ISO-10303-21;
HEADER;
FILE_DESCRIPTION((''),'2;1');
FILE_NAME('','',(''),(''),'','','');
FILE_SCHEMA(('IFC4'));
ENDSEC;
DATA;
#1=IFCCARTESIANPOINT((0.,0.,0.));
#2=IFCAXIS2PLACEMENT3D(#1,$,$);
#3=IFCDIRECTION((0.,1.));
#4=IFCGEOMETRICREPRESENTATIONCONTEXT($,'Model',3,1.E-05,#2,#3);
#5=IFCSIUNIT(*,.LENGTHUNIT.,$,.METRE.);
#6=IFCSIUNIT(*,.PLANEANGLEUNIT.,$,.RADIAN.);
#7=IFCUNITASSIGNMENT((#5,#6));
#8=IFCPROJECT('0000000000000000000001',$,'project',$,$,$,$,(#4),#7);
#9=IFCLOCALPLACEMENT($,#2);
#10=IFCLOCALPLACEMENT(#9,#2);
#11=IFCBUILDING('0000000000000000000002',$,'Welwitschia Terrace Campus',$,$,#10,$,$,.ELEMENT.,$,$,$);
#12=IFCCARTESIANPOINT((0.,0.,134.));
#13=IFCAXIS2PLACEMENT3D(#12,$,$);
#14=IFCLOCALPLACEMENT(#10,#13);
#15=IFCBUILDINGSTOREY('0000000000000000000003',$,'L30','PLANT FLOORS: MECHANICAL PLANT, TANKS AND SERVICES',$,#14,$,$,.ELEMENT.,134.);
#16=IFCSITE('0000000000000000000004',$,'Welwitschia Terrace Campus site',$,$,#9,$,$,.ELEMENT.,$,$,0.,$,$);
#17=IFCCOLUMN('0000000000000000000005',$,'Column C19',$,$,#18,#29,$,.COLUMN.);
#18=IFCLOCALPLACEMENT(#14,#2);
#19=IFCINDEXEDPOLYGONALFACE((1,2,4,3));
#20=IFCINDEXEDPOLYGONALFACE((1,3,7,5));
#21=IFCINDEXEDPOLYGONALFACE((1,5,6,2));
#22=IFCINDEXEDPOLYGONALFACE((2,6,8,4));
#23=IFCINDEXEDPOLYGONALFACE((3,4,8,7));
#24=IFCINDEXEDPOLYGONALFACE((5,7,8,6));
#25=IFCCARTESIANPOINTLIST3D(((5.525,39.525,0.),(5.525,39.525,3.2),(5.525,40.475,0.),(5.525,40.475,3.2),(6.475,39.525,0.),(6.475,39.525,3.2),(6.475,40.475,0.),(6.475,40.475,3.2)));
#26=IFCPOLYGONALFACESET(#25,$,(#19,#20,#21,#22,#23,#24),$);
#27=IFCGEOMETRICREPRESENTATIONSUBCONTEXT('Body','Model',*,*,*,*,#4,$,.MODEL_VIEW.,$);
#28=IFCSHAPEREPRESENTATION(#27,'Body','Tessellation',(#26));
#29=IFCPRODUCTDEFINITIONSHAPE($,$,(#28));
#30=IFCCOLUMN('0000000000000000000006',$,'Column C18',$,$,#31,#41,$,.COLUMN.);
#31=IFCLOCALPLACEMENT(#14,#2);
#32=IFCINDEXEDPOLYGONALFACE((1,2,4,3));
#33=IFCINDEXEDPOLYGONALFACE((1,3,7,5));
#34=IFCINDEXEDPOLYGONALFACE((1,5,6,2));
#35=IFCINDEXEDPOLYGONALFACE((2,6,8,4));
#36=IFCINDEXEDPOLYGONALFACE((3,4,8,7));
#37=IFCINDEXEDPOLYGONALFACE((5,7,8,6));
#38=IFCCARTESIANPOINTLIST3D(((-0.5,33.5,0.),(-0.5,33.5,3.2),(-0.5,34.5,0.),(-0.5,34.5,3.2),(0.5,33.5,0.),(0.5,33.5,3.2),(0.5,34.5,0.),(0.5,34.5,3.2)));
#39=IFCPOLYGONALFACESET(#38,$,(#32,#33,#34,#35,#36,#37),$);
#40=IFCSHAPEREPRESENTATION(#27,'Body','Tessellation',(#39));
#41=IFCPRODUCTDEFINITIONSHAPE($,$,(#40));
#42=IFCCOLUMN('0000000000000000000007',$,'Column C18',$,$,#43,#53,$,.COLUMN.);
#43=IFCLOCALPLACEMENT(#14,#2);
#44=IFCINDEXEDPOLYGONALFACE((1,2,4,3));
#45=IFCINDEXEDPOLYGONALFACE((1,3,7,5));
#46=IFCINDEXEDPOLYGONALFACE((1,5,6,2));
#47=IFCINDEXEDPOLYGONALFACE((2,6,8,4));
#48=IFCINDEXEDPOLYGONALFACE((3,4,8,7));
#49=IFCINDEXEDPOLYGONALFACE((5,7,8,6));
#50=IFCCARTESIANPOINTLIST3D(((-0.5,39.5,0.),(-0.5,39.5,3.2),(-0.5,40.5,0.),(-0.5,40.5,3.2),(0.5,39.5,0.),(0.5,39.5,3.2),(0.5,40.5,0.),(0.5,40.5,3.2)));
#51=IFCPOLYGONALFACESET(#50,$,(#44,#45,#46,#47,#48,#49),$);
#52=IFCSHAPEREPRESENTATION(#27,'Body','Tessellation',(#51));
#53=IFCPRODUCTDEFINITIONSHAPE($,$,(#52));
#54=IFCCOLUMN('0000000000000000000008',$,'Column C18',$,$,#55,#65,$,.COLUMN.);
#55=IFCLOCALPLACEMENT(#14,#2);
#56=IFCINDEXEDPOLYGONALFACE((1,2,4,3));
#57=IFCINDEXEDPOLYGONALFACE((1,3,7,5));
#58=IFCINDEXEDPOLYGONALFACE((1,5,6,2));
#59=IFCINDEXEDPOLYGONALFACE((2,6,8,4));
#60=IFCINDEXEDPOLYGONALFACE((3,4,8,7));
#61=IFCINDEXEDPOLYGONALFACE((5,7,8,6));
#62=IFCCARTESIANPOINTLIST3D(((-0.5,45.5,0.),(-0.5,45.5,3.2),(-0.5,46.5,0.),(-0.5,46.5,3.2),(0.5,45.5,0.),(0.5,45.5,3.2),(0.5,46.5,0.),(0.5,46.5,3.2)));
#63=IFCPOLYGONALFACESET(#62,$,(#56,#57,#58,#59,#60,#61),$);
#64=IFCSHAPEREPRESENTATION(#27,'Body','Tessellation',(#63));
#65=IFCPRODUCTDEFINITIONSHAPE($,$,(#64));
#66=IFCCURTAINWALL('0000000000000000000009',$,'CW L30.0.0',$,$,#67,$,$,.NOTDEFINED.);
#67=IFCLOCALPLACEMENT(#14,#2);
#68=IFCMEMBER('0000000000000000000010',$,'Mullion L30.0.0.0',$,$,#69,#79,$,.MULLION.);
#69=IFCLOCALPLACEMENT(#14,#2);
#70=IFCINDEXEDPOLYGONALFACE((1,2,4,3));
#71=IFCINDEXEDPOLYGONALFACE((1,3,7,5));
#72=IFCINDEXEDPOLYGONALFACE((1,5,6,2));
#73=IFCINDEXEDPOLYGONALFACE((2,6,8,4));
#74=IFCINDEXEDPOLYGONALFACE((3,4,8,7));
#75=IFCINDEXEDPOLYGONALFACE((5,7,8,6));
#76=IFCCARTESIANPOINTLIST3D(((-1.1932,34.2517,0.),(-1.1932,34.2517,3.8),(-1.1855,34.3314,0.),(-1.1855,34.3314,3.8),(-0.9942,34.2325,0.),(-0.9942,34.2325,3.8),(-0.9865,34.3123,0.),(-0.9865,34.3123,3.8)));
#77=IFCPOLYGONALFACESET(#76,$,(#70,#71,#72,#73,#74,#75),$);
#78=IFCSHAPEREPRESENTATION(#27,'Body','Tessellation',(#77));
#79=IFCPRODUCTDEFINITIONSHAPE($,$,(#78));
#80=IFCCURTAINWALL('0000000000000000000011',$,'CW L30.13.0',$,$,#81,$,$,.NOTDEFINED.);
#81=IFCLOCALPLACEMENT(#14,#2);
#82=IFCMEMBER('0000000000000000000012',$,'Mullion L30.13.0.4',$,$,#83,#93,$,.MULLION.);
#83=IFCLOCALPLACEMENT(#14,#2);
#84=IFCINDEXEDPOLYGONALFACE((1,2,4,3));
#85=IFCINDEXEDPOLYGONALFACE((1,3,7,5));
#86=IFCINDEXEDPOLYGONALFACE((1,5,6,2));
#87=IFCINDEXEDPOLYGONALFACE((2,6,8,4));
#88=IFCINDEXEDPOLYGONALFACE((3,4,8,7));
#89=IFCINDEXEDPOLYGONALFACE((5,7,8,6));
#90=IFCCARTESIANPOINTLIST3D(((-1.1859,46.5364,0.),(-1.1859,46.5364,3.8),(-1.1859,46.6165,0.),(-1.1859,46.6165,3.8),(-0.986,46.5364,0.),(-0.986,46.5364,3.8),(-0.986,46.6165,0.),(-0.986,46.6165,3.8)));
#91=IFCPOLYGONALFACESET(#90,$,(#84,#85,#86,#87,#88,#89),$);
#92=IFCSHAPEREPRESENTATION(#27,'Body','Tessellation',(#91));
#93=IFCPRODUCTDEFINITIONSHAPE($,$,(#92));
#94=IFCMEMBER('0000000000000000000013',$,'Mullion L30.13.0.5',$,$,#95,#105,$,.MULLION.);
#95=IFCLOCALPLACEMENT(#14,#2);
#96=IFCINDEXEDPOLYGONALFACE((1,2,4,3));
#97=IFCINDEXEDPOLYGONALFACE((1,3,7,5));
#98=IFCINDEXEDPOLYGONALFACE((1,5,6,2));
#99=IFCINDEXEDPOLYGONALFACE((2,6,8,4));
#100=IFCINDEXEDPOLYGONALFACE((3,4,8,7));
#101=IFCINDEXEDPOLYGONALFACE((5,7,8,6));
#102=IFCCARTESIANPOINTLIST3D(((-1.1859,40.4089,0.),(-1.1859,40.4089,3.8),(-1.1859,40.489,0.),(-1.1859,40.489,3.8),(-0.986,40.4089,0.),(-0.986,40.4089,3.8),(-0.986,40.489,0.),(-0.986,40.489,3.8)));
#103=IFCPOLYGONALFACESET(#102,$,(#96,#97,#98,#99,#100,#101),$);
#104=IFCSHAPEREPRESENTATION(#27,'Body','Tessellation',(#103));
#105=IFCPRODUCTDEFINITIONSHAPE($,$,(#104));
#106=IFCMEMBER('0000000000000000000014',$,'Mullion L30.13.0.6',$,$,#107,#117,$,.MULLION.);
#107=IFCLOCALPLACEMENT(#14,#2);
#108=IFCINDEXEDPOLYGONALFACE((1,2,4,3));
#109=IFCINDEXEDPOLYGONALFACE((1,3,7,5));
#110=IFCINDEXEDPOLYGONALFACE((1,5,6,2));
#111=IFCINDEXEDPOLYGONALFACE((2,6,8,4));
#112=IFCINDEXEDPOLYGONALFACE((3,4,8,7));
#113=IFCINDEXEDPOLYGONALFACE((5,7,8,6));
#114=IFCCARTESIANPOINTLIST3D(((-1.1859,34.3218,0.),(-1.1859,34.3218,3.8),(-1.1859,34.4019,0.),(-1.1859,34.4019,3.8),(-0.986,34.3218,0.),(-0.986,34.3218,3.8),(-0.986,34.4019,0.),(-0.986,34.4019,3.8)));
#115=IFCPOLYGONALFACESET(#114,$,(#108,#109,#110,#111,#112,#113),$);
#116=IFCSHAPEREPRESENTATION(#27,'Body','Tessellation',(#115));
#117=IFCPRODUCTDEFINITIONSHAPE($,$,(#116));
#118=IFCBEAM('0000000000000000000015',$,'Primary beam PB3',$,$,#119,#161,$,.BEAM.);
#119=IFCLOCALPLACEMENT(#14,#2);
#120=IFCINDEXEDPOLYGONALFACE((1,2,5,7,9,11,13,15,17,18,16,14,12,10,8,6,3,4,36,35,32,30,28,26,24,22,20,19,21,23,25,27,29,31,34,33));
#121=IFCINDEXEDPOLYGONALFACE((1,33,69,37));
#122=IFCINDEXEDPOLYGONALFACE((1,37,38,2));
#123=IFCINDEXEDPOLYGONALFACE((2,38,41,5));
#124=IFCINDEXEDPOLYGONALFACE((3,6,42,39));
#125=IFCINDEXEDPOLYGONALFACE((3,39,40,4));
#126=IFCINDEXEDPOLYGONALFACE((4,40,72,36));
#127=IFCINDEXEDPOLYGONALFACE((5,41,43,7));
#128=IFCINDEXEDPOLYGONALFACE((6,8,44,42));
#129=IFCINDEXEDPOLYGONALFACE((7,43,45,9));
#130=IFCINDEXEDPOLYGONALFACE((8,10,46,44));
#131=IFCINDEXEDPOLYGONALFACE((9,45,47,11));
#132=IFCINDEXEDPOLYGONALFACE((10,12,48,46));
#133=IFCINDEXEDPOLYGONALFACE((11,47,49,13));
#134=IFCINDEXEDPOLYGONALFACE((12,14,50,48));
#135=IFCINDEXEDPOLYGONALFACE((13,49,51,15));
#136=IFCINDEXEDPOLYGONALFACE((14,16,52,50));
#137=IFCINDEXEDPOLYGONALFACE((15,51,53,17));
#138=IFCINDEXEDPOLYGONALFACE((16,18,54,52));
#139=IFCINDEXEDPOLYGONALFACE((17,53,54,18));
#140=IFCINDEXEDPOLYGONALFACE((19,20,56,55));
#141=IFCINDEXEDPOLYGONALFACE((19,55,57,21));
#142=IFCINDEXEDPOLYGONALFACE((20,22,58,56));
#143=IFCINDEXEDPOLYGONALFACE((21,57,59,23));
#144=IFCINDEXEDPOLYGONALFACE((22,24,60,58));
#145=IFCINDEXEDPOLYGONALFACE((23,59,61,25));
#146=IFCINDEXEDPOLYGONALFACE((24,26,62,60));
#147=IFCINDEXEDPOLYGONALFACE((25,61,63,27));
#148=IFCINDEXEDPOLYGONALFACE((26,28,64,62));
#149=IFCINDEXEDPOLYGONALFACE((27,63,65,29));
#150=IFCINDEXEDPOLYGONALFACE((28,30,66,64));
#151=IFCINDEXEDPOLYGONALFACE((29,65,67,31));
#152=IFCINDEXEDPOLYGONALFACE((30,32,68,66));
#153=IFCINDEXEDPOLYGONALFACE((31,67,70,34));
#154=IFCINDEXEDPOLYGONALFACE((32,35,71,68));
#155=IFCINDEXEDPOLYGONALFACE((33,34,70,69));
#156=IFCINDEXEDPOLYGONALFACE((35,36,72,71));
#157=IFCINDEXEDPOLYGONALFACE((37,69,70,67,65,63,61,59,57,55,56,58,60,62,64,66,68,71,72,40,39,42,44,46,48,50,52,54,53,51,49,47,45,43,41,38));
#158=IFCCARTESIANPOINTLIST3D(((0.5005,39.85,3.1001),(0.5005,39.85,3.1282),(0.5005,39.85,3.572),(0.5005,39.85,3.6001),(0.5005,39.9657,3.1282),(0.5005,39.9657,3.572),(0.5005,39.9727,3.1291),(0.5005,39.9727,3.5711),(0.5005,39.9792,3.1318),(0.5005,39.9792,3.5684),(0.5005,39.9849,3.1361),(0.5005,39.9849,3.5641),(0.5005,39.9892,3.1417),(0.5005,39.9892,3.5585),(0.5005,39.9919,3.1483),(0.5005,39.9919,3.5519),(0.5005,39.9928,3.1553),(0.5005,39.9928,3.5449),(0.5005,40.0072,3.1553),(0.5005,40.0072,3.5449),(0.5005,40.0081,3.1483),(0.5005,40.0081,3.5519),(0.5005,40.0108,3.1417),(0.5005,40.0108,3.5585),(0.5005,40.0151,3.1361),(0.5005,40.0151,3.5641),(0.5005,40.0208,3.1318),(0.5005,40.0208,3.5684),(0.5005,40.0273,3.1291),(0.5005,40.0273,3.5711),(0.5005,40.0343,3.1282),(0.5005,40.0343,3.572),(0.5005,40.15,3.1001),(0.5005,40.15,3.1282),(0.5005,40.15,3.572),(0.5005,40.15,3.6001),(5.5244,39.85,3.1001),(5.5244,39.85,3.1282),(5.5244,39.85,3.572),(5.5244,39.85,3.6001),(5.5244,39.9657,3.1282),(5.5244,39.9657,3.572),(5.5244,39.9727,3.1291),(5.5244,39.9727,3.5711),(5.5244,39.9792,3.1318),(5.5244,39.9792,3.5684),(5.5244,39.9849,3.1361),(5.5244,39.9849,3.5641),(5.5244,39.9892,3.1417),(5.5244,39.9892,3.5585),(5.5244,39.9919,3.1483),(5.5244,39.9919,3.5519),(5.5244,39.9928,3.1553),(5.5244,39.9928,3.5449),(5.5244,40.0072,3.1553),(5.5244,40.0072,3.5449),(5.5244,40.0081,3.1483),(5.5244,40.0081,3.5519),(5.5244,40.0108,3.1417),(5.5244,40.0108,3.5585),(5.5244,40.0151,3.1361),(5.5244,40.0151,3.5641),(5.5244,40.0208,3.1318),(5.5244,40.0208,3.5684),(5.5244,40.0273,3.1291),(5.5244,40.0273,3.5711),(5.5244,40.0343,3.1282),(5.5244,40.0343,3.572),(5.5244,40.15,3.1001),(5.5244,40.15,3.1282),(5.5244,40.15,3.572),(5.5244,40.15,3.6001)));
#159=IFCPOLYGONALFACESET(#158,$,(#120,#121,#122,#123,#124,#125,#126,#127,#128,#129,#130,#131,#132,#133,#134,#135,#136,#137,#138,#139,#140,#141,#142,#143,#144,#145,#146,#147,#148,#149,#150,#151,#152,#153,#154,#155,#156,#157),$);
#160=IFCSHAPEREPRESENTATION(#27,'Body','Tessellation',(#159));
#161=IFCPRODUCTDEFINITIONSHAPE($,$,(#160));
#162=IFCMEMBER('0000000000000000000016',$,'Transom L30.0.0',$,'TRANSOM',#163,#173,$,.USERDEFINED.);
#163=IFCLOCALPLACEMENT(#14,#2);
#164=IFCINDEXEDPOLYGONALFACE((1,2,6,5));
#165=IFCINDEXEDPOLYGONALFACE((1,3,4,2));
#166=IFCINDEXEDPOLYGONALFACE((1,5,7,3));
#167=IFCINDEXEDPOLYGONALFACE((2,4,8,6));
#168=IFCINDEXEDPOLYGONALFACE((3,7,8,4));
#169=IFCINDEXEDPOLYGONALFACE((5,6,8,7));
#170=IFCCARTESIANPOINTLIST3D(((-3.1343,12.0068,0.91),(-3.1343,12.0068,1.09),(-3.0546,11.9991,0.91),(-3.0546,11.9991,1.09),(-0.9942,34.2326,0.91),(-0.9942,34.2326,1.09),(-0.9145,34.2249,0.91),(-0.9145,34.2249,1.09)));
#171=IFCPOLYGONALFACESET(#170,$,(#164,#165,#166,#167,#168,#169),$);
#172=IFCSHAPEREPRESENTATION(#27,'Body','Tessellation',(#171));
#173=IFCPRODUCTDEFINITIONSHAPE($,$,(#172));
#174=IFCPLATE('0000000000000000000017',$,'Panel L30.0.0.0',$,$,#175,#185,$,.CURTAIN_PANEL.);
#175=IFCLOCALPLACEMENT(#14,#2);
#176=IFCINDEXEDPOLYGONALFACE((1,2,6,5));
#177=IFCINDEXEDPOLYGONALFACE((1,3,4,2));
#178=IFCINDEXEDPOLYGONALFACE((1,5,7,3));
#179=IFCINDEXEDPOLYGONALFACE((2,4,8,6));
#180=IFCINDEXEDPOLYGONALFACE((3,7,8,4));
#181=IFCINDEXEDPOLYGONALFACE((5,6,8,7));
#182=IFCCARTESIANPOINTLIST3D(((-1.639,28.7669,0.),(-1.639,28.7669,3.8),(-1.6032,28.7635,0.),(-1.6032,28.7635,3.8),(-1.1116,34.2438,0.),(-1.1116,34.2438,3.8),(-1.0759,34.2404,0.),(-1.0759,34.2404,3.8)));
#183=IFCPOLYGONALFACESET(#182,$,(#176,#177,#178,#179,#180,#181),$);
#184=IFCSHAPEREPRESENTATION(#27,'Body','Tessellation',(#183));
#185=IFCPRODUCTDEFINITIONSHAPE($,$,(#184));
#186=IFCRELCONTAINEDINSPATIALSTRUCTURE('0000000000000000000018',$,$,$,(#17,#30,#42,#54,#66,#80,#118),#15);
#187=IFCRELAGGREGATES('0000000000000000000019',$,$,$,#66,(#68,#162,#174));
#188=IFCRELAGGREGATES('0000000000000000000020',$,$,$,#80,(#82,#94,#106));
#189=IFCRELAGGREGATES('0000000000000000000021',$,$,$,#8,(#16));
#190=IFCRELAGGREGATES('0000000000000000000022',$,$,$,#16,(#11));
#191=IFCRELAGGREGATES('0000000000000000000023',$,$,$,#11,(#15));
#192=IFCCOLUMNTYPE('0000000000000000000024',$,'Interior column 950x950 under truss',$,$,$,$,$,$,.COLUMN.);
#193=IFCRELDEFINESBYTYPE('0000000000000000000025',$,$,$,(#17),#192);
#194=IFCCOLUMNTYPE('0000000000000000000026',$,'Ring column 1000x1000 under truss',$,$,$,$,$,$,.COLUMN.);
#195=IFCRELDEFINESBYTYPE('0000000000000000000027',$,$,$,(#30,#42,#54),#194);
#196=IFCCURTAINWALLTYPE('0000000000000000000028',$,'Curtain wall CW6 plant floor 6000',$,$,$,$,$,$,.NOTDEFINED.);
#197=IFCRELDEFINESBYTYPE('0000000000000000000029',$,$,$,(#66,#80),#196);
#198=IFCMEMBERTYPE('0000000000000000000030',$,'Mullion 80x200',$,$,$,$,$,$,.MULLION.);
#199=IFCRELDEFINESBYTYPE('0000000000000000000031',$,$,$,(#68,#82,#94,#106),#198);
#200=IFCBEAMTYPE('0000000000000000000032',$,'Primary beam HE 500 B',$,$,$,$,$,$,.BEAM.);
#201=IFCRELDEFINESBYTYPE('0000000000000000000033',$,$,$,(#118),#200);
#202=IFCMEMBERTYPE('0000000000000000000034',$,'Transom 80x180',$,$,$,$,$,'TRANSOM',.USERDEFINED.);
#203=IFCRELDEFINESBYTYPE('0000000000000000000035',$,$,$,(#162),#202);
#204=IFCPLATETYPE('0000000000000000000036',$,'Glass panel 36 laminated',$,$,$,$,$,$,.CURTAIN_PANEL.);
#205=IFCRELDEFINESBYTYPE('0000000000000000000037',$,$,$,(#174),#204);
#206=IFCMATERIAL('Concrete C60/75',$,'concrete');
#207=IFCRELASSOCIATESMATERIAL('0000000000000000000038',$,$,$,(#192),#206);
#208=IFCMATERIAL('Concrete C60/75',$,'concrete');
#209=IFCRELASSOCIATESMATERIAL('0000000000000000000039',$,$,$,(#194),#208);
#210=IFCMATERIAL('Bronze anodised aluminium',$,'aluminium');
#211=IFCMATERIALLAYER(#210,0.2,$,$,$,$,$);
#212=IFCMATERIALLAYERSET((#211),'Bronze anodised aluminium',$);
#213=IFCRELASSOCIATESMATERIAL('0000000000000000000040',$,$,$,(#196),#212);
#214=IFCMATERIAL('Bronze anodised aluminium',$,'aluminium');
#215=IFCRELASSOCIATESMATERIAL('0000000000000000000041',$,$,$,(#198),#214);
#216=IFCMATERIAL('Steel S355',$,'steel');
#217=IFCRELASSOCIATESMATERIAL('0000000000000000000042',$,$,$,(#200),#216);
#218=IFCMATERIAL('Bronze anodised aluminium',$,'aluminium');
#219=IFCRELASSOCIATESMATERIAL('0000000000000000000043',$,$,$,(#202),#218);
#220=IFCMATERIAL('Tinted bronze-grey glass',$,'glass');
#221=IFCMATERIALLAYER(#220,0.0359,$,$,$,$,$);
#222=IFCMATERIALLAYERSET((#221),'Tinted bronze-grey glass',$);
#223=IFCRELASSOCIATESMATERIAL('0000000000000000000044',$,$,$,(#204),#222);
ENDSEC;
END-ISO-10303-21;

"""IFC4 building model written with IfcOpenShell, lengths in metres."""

from ifc_helpers import new_model, si_unit, direction, frame, origin, origin_2d, place, context, subcontext, project, spatial, rectangle, i_section, extrude, material, layer, layer_set, material_profile, profile_set, type_object, element, aggregate, save


model = new_model("IFC4")

# Units and contexts
model_context = context("Model", 3, precision=1e-05, world=origin(), true_north=direction((0.0, 1.0)))
body_context = subcontext(model_context, "Body", "Model", "MODEL_VIEW")
ifc_project = project(units=[si_unit("LENGTHUNIT", "METRE"), si_unit("PLANEANGLEUNIT", "RADIAN")], contexts=[model_context])

# Site, building, storey
site_placement = place(None, origin())
site = spatial("IfcSite", under=ifc_project, at=site_placement, Name="Welwitschia Terrace Campus site", CompositionType="ELEMENT", RefElevation=0.0)
building_placement = place(site_placement, origin())
building = spatial("IfcBuilding", under=site, at=building_placement, Name="Welwitschia Terrace Campus", CompositionType="ELEMENT")
storey_placement = place(building_placement, frame((0.0, 0.0, 134.0)))
storey = spatial("IfcBuildingStorey", under=building, at=storey_placement, Name="L30", Description="PLANT FLOORS: MECHANICAL PLANT, TANKS AND SERVICES", CompositionType="ELEMENT", Elevation=134.0)

# Columns
ifc_material_1 = material(Name="Concrete C60/75", Category="concrete")
ifc_material_profile_1 = material_profile(ifc_material_1, rectangle(XDim=0.95, YDim=0.95, at=origin_2d()))
ifc_profile_set_1 = profile_set([ifc_material_profile_1], Name="Concrete C60/75")
column_type_1 = type_object("IfcColumnType", Name="Interior column 950x950 under truss", PredefinedType="COLUMN", material=ifc_profile_set_1)
column_placement = place(storey_placement, frame((6.0, 40.0, 0.0), z_axis=(0.0, 0.0, 1.0), x_axis=(1.0, 0.0, 0.0)))
element("IfcColumn", 1, at=column_placement, inside=storey, type_object=column_type_1, Name="Column C19", PredefinedType="COLUMN", context=body_context, shape_type="SweptSolid", body=[
    extrude(rectangle(XDim=0.95, YDim=0.95, at=origin_2d()), origin(), (0.0, 0.0, 1.0), 3.2),
])
ifc_material_2 = material(Name="Concrete C60/75", Category="concrete")
ifc_material_profile_2 = material_profile(ifc_material_2, rectangle(XDim=1.0, YDim=1.0, at=origin_2d()))
ifc_profile_set_2 = profile_set([ifc_material_profile_2], Name="Concrete C60/75")
column_type_2 = type_object("IfcColumnType", Name="Ring column 1000x1000 under truss", PredefinedType="COLUMN", material=ifc_profile_set_2)
for number, where, z_axis, x_axis, name in (
    (2, (0.0, 34.0, 0.0), (0.0, 0.0, 1.0), (1.0, 0.0, 0.0), "Column C18"),
    (3, (0.0, 40.0, 0.0), (0.0, 0.0, 1.0), (1.0, 0.0, 0.0), "Column C18"),
    (4, (0.0, 46.0, 0.0), (0.0, 0.0, 1.0), (1.0, 0.0, 0.0), "Column C18"),
):
    element("IfcColumn", number, at=place(storey_placement, frame(where, z_axis=z_axis, x_axis=x_axis)), inside=storey, type_object=column_type_2, Name=name, PredefinedType="COLUMN", context=body_context, shape_type="SweptSolid", body=[
        extrude(rectangle(XDim=1.0, YDim=1.0, at=origin_2d()), origin(), (0.0, 0.0, 1.0), 3.2),
    ])

# Curtain wall, member
ifc_material_3 = material(Name="Bronze anodised aluminium", Category="aluminium")
ifc_layer_1 = layer(ifc_material_3, 0.2)
ifc_layer_set_1 = layer_set([ifc_layer_1], Name="Bronze anodised aluminium")
curtain_wall_type = type_object("IfcCurtainWallType", Name="Curtain wall CW6 plant floor 6000", PredefinedType="NOTDEFINED", material=ifc_layer_set_1)
curtain_wall_1_placement = place(storey_placement, origin())
curtain_wall_1 = element("IfcCurtainWall", 5, at=curtain_wall_1_placement, inside=storey, type_object=curtain_wall_type, Name="CW L30.0.0", PredefinedType="NOTDEFINED")
ifc_material_4 = material(Name="Bronze anodised aluminium", Category="aluminium")
ifc_material_profile_3 = material_profile(ifc_material_4, rectangle(XDim=0.2, YDim=0.0801, at=origin_2d()))
ifc_profile_set_3 = profile_set([ifc_material_profile_3], Name="Bronze anodised aluminium")
member_type_1 = type_object("IfcMemberType", Name="Mullion 80x200", PredefinedType="MULLION", material=ifc_profile_set_3)
member_1_placement = place(storey_placement, frame((-1.0898, 34.282, 0.0), z_axis=(0.0, 0.0, 1.0), x_axis=(0.995396, -0.095846, 0.0)))
member_1 = element("IfcMember", 6, at=member_1_placement, type_object=member_type_1, Name="Mullion L30.0.0.0", PredefinedType="MULLION", context=body_context, shape_type="SweptSolid", body=[
    extrude(rectangle(XDim=0.2, YDim=0.0801, at=origin_2d()), origin(), (0.0, 0.0, 1.0), 3.8),
])

# Curtain wall, members
curtain_wall_2_placement = place(storey_placement, origin())
curtain_wall_2 = element("IfcCurtainWall", 7, at=curtain_wall_2_placement, inside=storey, type_object=curtain_wall_type, Name="CW L30.13.0", PredefinedType="NOTDEFINED")
member_2_placement = place(storey_placement, frame((-1.0859, 46.5764, 0.0), z_axis=(0.0, 0.0, 1.0), x_axis=(1.0, 0.0, 0.0)))
member_2 = element("IfcMember", 8, at=member_2_placement, type_object=member_type_1, Name="Mullion L30.13.0.4", PredefinedType="MULLION", context=body_context, shape_type="SweptSolid", body=[
    extrude(rectangle(XDim=0.2, YDim=0.0801, at=origin_2d()), origin(), (0.0, 0.0, 1.0), 3.8),
])
member_3_placement = place(storey_placement, frame((-1.0859, 40.449, 0.0), z_axis=(0.0, 0.0, 1.0), x_axis=(1.0, 0.0, 0.0)))
member_3 = element("IfcMember", 9, at=member_3_placement, type_object=member_type_1, Name="Mullion L30.13.0.5", PredefinedType="MULLION", context=body_context, shape_type="SweptSolid", body=[
    extrude(rectangle(XDim=0.2, YDim=0.0801, at=origin_2d()), origin(), (0.0, 0.0, 1.0), 3.8),
])
member_4_placement = place(storey_placement, frame((-1.0859, 34.3618, 0.0), z_axis=(0.0, 0.0, 1.0), x_axis=(1.0, 0.0, 0.0)))
member_4 = element("IfcMember", 10, at=member_4_placement, type_object=member_type_1, Name="Mullion L30.13.0.6", PredefinedType="MULLION", context=body_context, shape_type="SweptSolid", body=[
    extrude(rectangle(XDim=0.2, YDim=0.0801, at=origin_2d()), origin(), (0.0, 0.0, 1.0), 3.8),
])

# Beam
ifc_material_5 = material(Name="Steel S355", Category="steel")
ifc_material_profile_4 = material_profile(ifc_material_5, i_section(OverallWidth=0.3, OverallDepth=0.5, WebThickness=0.0144, FlangeThickness=0.0281, FilletRadius=0.0271, at=origin_2d()))
ifc_profile_set_4 = profile_set([ifc_material_profile_4], Name="Steel S355")
beam_type = type_object("IfcBeamType", Name="Primary beam HE 500 B", PredefinedType="BEAM", material=ifc_profile_set_4)
beam_placement = place(storey_placement, frame((0.5005, 40.0, 3.3501), z_axis=(1.0, 0.0, 0.0), x_axis=(0.0, 1.0, 0.0)))
element("IfcBeam", 11, at=beam_placement, inside=storey, type_object=beam_type, Name="Primary beam PB3", PredefinedType="BEAM", context=body_context, shape_type="SweptSolid", body=[
    extrude(i_section(OverallWidth=0.3, OverallDepth=0.5, WebThickness=0.0144, FlangeThickness=0.0281, FilletRadius=0.0271, at=origin_2d()), origin(), (0.0, 0.0, 1.0), 5.0239),
])

# Member
ifc_material_6 = material(Name="Bronze anodised aluminium", Category="aluminium")
ifc_material_profile_5 = material_profile(ifc_material_6, rectangle(XDim=0.0801, YDim=0.1799, at=origin_2d()))
ifc_profile_set_5 = profile_set([ifc_material_profile_5], Name="Bronze anodised aluminium")
member_type_2 = type_object("IfcMemberType", Name="Transom 80x180", ElementType="TRANSOM", PredefinedType="USERDEFINED", material=ifc_profile_set_5)
member_5_placement = place(storey_placement, frame((-0.9543, 34.2288, 1.0), z_axis=(-0.095847, -0.995396, 0.0), x_axis=(0.995396, -0.095847, 0.0)))
member_5 = element("IfcMember", 12, at=member_5_placement, type_object=member_type_2, Name="Transom L30.0.0", ObjectType="TRANSOM", PredefinedType="USERDEFINED", context=body_context, shape_type="SweptSolid", body=[
    extrude(rectangle(XDim=0.0801, YDim=0.1799, at=origin_2d()), origin(), (0.0, 0.0, 1.0), 22.3286),
])

# Plate
ifc_material_7 = material(Name="Tinted bronze-grey glass", Category="glass")
ifc_layer_2 = layer(ifc_material_7, 0.0359)
ifc_layer_set_2 = layer_set([ifc_layer_2], Name="Tinted bronze-grey glass")
plate_type = type_object("IfcPlateType", Name="Glass panel 36 laminated", PredefinedType="CURTAIN_PANEL", material=ifc_layer_set_2)
plate_1_placement = place(storey_placement, frame((-1.3574, 31.5037, 0.0), z_axis=(0.0, 0.0, 1.0), x_axis=(-0.095846, -0.995396, 0.0)))
plate_1 = element("IfcPlate", 13, at=plate_1_placement, type_object=plate_type, Name="Panel L30.0.0.0", PredefinedType="CURTAIN_PANEL", context=body_context, shape_type="SweptSolid", body=[
    extrude(rectangle(XDim=5.5022, YDim=0.0359, at=origin_2d()), origin(), (0.0, 0.0, 1.0), 3.8),
])
aggregate(curtain_wall_1, [member_1, member_5, plate_1])
aggregate(curtain_wall_2, [member_2, member_3, member_4])

save(model, "model.ifc")
